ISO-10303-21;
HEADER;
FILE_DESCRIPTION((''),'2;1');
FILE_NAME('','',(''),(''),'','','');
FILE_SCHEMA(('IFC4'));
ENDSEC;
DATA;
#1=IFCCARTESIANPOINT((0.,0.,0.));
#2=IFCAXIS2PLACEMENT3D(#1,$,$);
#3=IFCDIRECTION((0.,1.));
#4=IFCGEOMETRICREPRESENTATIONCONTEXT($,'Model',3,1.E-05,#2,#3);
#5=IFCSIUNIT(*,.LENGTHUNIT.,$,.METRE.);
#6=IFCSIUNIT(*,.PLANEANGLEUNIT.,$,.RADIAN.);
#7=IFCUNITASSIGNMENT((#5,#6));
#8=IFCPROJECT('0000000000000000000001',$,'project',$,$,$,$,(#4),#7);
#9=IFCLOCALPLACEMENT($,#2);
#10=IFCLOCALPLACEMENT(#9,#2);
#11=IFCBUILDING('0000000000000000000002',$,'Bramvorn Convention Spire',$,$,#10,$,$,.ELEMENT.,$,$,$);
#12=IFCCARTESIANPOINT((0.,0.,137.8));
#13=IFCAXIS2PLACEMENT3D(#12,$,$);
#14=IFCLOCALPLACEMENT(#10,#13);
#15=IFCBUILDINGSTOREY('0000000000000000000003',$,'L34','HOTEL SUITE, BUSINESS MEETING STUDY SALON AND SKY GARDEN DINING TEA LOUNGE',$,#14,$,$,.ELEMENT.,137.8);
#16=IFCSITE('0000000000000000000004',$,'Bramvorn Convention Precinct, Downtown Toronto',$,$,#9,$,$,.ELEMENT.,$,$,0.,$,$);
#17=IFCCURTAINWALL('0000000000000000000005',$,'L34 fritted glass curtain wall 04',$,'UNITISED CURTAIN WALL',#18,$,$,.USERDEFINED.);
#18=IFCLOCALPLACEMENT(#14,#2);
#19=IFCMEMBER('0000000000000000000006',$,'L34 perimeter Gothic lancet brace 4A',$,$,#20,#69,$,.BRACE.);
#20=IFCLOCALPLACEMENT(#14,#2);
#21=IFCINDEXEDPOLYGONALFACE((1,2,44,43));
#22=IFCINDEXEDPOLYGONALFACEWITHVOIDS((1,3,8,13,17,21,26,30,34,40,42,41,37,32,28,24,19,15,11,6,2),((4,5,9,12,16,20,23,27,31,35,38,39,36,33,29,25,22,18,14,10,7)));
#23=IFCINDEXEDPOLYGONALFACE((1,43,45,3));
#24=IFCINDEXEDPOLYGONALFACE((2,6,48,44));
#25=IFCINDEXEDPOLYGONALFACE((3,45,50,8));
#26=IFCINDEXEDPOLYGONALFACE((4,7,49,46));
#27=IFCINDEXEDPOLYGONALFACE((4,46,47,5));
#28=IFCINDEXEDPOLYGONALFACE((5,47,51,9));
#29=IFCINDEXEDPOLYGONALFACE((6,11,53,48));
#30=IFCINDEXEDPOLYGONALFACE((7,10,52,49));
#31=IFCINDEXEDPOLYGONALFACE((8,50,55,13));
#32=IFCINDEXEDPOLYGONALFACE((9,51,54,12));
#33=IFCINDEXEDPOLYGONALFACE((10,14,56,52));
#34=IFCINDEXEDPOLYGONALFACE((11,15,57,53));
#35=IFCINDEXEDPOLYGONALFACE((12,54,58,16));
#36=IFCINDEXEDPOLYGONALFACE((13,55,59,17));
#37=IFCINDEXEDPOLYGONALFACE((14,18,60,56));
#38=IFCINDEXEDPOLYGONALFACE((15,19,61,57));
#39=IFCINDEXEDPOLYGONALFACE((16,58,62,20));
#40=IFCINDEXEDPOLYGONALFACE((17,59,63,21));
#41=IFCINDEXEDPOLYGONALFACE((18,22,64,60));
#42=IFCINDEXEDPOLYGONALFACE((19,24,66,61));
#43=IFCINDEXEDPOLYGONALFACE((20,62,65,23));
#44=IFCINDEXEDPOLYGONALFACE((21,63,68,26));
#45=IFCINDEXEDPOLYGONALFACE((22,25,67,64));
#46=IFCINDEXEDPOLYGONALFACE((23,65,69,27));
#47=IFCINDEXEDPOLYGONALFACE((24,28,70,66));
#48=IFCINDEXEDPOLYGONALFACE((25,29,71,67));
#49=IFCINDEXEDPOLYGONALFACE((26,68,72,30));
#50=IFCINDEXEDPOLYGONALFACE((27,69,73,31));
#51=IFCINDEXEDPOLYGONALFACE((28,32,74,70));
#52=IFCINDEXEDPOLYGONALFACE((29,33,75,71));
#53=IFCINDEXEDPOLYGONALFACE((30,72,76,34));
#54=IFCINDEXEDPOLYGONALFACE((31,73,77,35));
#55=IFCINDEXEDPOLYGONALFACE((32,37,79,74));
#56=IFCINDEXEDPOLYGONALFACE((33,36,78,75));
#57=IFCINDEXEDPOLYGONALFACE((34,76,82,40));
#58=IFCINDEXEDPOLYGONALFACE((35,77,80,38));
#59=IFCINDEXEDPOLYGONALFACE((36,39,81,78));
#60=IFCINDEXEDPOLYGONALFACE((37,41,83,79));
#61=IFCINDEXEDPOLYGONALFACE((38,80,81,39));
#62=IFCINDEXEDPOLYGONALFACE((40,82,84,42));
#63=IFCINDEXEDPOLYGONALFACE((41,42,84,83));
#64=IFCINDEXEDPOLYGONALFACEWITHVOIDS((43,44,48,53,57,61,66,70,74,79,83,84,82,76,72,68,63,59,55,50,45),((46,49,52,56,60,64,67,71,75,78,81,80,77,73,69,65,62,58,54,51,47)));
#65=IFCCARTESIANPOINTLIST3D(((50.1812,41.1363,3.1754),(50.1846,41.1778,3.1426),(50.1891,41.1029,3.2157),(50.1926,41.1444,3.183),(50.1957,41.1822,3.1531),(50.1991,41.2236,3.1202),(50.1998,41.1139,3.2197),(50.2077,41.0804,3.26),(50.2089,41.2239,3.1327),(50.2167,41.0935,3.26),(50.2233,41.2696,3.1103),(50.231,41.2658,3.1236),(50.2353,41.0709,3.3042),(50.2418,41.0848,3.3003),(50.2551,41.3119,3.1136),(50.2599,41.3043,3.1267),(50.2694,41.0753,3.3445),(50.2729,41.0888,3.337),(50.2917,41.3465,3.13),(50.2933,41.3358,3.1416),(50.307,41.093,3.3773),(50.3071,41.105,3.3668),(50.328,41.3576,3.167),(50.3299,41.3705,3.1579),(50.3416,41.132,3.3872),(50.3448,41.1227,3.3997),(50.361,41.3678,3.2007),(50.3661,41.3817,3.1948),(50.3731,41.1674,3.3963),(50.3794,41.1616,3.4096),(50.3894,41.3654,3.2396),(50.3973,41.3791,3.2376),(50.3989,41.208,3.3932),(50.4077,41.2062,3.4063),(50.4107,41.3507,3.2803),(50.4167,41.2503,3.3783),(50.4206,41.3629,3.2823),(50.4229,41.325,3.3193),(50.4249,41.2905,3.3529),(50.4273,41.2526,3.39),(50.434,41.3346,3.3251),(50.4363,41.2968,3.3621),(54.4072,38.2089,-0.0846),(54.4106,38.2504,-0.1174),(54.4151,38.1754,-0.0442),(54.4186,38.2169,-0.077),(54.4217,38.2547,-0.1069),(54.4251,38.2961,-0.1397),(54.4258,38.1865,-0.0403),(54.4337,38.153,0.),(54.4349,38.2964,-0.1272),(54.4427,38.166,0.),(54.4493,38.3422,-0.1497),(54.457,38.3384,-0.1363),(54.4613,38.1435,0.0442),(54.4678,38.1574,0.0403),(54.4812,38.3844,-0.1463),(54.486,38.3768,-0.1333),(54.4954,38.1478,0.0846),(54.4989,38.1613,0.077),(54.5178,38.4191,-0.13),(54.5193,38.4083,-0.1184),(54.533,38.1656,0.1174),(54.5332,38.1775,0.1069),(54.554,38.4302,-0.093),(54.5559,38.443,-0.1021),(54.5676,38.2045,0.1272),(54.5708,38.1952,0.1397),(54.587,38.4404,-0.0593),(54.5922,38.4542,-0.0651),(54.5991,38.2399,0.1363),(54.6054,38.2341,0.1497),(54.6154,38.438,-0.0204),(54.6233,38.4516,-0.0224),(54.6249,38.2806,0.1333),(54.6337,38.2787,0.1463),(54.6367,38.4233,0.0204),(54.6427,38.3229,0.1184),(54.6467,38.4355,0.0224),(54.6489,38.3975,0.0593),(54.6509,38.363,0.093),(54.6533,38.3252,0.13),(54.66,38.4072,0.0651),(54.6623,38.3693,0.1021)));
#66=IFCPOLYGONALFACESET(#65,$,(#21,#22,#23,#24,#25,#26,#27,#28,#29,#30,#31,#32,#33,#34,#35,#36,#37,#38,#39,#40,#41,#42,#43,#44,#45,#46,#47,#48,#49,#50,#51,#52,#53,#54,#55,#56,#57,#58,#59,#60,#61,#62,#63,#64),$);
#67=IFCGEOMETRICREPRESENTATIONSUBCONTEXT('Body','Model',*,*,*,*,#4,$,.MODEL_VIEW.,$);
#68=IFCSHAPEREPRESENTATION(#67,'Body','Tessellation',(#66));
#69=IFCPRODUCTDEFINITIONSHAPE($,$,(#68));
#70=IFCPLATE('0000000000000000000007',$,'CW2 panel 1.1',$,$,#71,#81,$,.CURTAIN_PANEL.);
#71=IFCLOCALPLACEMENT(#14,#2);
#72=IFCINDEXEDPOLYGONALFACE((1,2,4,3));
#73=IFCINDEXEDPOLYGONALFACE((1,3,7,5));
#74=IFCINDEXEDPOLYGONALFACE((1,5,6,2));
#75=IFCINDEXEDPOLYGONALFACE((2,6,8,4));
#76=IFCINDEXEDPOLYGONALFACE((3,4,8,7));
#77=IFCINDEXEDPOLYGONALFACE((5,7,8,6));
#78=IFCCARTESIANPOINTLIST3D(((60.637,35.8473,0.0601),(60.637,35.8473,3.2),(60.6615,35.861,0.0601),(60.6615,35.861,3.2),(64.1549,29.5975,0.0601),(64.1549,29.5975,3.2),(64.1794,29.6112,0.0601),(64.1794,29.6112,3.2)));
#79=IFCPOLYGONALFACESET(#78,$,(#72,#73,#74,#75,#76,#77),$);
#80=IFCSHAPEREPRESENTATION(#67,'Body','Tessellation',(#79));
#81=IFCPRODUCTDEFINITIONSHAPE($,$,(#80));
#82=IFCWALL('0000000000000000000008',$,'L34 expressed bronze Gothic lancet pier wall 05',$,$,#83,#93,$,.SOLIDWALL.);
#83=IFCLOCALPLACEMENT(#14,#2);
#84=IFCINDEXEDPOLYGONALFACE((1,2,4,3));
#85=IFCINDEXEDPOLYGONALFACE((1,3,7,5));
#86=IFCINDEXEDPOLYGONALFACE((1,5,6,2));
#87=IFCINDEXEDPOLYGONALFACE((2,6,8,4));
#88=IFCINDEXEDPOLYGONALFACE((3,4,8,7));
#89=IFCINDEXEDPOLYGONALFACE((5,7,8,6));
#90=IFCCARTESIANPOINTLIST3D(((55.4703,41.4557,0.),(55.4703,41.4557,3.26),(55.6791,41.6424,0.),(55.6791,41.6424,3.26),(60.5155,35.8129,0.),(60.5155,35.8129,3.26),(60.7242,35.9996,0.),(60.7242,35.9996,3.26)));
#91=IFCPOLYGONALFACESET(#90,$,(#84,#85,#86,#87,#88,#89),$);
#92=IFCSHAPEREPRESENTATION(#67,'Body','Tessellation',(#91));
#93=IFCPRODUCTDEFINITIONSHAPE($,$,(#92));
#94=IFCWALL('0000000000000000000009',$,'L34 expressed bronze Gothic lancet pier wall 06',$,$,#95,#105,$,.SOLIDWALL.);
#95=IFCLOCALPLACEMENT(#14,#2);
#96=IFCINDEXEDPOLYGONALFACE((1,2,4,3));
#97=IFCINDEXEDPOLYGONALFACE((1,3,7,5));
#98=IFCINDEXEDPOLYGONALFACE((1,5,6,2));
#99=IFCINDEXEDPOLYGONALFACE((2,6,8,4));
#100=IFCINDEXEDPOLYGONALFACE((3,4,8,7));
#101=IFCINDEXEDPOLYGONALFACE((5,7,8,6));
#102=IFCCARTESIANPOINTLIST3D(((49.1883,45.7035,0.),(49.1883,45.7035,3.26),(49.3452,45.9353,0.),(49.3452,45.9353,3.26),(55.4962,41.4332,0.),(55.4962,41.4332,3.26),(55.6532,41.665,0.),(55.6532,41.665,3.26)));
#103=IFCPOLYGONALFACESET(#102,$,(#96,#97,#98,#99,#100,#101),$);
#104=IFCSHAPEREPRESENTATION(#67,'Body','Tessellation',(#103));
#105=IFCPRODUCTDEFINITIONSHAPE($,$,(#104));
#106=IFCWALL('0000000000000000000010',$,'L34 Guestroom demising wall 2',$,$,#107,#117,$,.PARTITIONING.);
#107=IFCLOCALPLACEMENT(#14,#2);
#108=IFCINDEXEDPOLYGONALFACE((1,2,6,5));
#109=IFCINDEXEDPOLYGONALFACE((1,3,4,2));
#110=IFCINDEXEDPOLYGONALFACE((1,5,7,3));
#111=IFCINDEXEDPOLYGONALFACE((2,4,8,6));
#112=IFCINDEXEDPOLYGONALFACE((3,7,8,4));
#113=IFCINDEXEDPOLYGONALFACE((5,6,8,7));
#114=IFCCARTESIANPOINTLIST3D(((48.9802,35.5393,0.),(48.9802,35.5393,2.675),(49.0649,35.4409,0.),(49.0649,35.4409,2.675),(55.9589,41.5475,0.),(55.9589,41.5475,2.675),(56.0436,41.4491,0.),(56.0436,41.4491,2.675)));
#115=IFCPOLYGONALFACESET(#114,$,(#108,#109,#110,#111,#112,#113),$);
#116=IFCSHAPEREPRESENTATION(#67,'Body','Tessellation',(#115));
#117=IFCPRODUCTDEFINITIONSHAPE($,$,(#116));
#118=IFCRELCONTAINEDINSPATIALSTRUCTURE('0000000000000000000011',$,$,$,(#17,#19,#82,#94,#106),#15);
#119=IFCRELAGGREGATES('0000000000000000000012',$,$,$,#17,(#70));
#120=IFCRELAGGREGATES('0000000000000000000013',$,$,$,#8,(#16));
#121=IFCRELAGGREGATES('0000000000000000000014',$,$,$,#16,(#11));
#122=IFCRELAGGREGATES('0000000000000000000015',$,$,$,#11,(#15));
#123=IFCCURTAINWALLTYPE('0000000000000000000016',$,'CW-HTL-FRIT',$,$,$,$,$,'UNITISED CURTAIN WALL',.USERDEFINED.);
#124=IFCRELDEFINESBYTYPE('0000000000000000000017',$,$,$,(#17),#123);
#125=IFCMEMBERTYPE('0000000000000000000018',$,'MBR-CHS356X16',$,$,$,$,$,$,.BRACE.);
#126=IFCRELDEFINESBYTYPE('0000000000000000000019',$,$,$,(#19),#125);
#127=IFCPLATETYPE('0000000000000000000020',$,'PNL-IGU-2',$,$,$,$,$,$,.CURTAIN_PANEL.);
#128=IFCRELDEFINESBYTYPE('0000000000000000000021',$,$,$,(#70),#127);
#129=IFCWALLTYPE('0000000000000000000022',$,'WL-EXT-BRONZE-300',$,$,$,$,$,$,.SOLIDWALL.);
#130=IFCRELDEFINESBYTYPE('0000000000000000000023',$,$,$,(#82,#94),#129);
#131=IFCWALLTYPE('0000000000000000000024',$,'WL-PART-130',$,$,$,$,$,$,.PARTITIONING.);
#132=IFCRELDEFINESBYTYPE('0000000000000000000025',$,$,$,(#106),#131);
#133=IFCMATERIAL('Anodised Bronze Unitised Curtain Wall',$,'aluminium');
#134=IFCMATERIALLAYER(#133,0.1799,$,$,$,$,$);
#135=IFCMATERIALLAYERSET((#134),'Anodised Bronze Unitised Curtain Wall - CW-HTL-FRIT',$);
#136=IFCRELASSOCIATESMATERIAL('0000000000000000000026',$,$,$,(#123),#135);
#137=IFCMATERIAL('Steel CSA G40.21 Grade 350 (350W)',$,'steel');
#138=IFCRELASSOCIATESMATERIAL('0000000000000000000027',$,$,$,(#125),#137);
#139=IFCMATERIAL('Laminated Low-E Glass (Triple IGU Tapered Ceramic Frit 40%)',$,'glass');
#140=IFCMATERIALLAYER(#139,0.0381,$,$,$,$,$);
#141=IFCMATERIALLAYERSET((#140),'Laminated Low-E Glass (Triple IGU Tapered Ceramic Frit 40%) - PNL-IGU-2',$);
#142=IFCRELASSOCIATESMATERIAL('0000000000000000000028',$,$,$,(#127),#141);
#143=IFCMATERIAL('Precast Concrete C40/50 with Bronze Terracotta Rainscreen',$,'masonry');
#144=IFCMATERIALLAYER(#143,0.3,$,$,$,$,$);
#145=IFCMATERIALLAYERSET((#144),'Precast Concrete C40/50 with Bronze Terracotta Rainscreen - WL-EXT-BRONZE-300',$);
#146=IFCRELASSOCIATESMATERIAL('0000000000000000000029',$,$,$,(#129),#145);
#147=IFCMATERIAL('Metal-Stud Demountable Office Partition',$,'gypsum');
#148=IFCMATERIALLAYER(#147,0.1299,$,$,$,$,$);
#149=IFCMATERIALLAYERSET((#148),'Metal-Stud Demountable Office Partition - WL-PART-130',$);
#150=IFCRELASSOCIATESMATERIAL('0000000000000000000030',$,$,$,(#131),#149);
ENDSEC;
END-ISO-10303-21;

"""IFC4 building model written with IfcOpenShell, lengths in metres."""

from ifc_helpers import new_model, si_unit, direction, frame, frame_2d, origin, origin_2d, place, context, subcontext, project, spatial, rectangle, hollow_circle, extrude, material, layer, layer_set, material_profile, profile_set, type_object, element, aggregate, save


model = new_model("IFC4")

# Units and contexts
model_context = context("Model", 3, precision=1e-05, world=origin(), true_north=direction((0.0, 1.0)))
body_context = subcontext(model_context, "Body", "Model", "MODEL_VIEW")
ifc_project = project(units=[si_unit("LENGTHUNIT", "METRE"), si_unit("PLANEANGLEUNIT", "RADIAN")], contexts=[model_context])

# Site, building, storey
site_placement = place(None, origin())
site = spatial("IfcSite", under=ifc_project, at=site_placement, Name="Bramvorn Convention Precinct, Downtown Toronto", CompositionType="ELEMENT", RefElevation=0.0)
building_placement = place(site_placement, origin())
building = spatial("IfcBuilding", under=site, at=building_placement, Name="Bramvorn Convention Spire", CompositionType="ELEMENT")
storey_placement = place(building_placement, frame((0.0, 0.0, 137.8)))
storey = spatial("IfcBuildingStorey", under=building, at=storey_placement, Name="L34", Description="HOTEL SUITE, BUSINESS MEETING STUDY SALON AND SKY GARDEN DINING TEA LOUNGE", CompositionType="ELEMENT", Elevation=137.8)

# Shared definitions
ifc_material_1 = material(Name="Steel CSA G40.21 Grade 350 (350W)", Category="steel")

# Shared definitions
ifc_material_2 = material(Name="Anodised Bronze Unitised Curtain Wall", Category="aluminium")
ifc_layer_1 = layer(ifc_material_2, 0.1799)
ifc_layer_set_1 = layer_set([ifc_layer_1], Name="Anodised Bronze Unitised Curtain Wall - CW-HTL-FRIT")
curtain_wall_type = type_object("IfcCurtainWallType", Name="CW-HTL-FRIT", ElementType="UNITISED CURTAIN WALL", PredefinedType="USERDEFINED", material=ifc_layer_set_1)

# Curtain wall
curtain_wall_1_placement = place(storey_placement, origin())
curtain_wall_1 = element("IfcCurtainWall", 1, at=curtain_wall_1_placement, inside=storey, type_object=curtain_wall_type, Name="L34 fritted glass curtain wall 04", ObjectType="UNITISED CURTAIN WALL", PredefinedType="USERDEFINED")

# Member
ifc_material_profile_1 = material_profile(ifc_material_1, hollow_circle(Radius=0.1777, WallThickness=0.0159, at=origin_2d()))
ifc_profile_set_1 = profile_set([ifc_material_profile_1], Name="Steel CSA G40.21 Grade 350 (350W) - CHS356X16")
member_type_1 = type_object("IfcMemberType", Name="MBR-CHS356X16", PredefinedType="BRACE", material=ifc_profile_set_1)
member_1_placement = place(storey_placement, frame((54.5349, 38.2991, 0.0), z_axis=(-0.694222, 0.480902, 0.535526), x_axis=(-0.56944, -0.822033, 0.0)))
element("IfcMember", 2, at=member_1_placement, inside=storey, type_object=member_type_1, Name="L34 perimeter Gothic lancet brace 4A", PredefinedType="BRACE", context=body_context, shape_type="SweptSolid", body=[
    extrude(hollow_circle(Radius=0.1777, WallThickness=0.0159, at=origin_2d()), origin(), (0.0, 0.0, 1.0), 6.0874),
])

# Plate
ifc_material_3 = material(Name="Laminated Low-E Glass (Triple IGU Tapered Ceramic Frit 40%)", Category="glass")
ifc_layer_2 = layer(ifc_material_3, 0.0381)
ifc_layer_set_2 = layer_set([ifc_layer_2], Name="Laminated Low-E Glass (Triple IGU Tapered Ceramic Frit 40%) - PNL-IGU-2")
plate_type = type_object("IfcPlateType", Name="PNL-IGU-2", PredefinedType="CURTAIN_PANEL", material=ifc_layer_set_2)
plate_placement = place(storey_placement, frame((62.4082, 32.7292, 0.0601), z_axis=(0.0, 0.0, 1.0), x_axis=(0.490512, -0.871434, 0.0)))
plate = element("IfcPlate", 3, at=plate_placement, type_object=plate_type, Name="CW2 panel 1.1", PredefinedType="CURTAIN_PANEL", context=body_context, shape_type="SweptSolid", body=[
    extrude(rectangle(XDim=7.1719, YDim=0.0281, at=origin_2d()), origin(), (0.0, 0.0, 1.0), 3.1399),
])
aggregate(curtain_wall_1, [plate])

# Walls
ifc_material_4 = material(Name="Precast Concrete C40/50 with Bronze Terracotta Rainscreen", Category="masonry")
ifc_layer_3 = layer(ifc_material_4, 0.3)
ifc_layer_set_3 = layer_set([ifc_layer_3], Name="Precast Concrete C40/50 with Bronze Terracotta Rainscreen - WL-EXT-BRONZE-300")
wall_type_1 = type_object("IfcWallType", Name="WL-EXT-BRONZE-300", PredefinedType="SOLIDWALL", material=ifc_layer_set_3)
wall_1_placement = place(storey_placement, frame((55.5747, 41.5491, 0.0), z_axis=(0.0, 0.0, 1.0), x_axis=(0.666525, -0.745483, 0.0)))
element("IfcWall", 4, at=wall_1_placement, inside=storey, type_object=wall_type_1, Name="L34 expressed bronze Gothic lancet pier wall 05", PredefinedType="SOLIDWALL", context=body_context, shape_type="SweptSolid", body=[
    extrude(rectangle(XDim=7.5693, YDim=0.28, at=frame_2d((3.7847, 0.0))), origin(), (0.0, 0.0, 1.0), 3.26),
])
wall_2_placement = place(storey_placement, frame((49.2668, 45.8193, 0.0), z_axis=(0.0, 0.0, 1.0), x_axis=(0.82809, -0.560596, 0.0)))
element("IfcWall", 5, at=wall_2_placement, inside=storey, type_object=wall_type_1, Name="L34 expressed bronze Gothic lancet pier wall 06", PredefinedType="SOLIDWALL", context=body_context, shape_type="SweptSolid", body=[
    extrude(rectangle(XDim=7.6174, YDim=0.28, at=frame_2d((3.8086, 0.0))), origin(), (0.0, 0.0, 1.0), 3.26),
])
ifc_material_5 = material(Name="Metal-Stud Demountable Office Partition", Category="gypsum")
ifc_layer_4 = layer(ifc_material_5, 0.1299)
ifc_layer_set_4 = layer_set([ifc_layer_4], Name="Metal-Stud Demountable Office Partition - WL-PART-130")
wall_type_2 = type_object("IfcWallType", Name="WL-PART-130", PredefinedType="PARTITIONING", material=ifc_layer_set_4)
wall_3_placement = place(storey_placement, frame((49.0225, 35.49, 0.0), z_axis=(0.0, 0.0, 1.0), x_axis=(0.757833, 0.652449, 0.0)))
element("IfcWall", 6, at=wall_3_placement, inside=storey, type_object=wall_type_2, Name="L34 Guestroom demising wall 2", PredefinedType="PARTITIONING", context=body_context, shape_type="SweptSolid", body=[
    extrude(rectangle(XDim=9.2087, YDim=0.1299, at=frame_2d((4.6045, 0.0))), origin(), (0.0, 0.0, 1.0), 2.675),
])

save(model, "model.ifc")
